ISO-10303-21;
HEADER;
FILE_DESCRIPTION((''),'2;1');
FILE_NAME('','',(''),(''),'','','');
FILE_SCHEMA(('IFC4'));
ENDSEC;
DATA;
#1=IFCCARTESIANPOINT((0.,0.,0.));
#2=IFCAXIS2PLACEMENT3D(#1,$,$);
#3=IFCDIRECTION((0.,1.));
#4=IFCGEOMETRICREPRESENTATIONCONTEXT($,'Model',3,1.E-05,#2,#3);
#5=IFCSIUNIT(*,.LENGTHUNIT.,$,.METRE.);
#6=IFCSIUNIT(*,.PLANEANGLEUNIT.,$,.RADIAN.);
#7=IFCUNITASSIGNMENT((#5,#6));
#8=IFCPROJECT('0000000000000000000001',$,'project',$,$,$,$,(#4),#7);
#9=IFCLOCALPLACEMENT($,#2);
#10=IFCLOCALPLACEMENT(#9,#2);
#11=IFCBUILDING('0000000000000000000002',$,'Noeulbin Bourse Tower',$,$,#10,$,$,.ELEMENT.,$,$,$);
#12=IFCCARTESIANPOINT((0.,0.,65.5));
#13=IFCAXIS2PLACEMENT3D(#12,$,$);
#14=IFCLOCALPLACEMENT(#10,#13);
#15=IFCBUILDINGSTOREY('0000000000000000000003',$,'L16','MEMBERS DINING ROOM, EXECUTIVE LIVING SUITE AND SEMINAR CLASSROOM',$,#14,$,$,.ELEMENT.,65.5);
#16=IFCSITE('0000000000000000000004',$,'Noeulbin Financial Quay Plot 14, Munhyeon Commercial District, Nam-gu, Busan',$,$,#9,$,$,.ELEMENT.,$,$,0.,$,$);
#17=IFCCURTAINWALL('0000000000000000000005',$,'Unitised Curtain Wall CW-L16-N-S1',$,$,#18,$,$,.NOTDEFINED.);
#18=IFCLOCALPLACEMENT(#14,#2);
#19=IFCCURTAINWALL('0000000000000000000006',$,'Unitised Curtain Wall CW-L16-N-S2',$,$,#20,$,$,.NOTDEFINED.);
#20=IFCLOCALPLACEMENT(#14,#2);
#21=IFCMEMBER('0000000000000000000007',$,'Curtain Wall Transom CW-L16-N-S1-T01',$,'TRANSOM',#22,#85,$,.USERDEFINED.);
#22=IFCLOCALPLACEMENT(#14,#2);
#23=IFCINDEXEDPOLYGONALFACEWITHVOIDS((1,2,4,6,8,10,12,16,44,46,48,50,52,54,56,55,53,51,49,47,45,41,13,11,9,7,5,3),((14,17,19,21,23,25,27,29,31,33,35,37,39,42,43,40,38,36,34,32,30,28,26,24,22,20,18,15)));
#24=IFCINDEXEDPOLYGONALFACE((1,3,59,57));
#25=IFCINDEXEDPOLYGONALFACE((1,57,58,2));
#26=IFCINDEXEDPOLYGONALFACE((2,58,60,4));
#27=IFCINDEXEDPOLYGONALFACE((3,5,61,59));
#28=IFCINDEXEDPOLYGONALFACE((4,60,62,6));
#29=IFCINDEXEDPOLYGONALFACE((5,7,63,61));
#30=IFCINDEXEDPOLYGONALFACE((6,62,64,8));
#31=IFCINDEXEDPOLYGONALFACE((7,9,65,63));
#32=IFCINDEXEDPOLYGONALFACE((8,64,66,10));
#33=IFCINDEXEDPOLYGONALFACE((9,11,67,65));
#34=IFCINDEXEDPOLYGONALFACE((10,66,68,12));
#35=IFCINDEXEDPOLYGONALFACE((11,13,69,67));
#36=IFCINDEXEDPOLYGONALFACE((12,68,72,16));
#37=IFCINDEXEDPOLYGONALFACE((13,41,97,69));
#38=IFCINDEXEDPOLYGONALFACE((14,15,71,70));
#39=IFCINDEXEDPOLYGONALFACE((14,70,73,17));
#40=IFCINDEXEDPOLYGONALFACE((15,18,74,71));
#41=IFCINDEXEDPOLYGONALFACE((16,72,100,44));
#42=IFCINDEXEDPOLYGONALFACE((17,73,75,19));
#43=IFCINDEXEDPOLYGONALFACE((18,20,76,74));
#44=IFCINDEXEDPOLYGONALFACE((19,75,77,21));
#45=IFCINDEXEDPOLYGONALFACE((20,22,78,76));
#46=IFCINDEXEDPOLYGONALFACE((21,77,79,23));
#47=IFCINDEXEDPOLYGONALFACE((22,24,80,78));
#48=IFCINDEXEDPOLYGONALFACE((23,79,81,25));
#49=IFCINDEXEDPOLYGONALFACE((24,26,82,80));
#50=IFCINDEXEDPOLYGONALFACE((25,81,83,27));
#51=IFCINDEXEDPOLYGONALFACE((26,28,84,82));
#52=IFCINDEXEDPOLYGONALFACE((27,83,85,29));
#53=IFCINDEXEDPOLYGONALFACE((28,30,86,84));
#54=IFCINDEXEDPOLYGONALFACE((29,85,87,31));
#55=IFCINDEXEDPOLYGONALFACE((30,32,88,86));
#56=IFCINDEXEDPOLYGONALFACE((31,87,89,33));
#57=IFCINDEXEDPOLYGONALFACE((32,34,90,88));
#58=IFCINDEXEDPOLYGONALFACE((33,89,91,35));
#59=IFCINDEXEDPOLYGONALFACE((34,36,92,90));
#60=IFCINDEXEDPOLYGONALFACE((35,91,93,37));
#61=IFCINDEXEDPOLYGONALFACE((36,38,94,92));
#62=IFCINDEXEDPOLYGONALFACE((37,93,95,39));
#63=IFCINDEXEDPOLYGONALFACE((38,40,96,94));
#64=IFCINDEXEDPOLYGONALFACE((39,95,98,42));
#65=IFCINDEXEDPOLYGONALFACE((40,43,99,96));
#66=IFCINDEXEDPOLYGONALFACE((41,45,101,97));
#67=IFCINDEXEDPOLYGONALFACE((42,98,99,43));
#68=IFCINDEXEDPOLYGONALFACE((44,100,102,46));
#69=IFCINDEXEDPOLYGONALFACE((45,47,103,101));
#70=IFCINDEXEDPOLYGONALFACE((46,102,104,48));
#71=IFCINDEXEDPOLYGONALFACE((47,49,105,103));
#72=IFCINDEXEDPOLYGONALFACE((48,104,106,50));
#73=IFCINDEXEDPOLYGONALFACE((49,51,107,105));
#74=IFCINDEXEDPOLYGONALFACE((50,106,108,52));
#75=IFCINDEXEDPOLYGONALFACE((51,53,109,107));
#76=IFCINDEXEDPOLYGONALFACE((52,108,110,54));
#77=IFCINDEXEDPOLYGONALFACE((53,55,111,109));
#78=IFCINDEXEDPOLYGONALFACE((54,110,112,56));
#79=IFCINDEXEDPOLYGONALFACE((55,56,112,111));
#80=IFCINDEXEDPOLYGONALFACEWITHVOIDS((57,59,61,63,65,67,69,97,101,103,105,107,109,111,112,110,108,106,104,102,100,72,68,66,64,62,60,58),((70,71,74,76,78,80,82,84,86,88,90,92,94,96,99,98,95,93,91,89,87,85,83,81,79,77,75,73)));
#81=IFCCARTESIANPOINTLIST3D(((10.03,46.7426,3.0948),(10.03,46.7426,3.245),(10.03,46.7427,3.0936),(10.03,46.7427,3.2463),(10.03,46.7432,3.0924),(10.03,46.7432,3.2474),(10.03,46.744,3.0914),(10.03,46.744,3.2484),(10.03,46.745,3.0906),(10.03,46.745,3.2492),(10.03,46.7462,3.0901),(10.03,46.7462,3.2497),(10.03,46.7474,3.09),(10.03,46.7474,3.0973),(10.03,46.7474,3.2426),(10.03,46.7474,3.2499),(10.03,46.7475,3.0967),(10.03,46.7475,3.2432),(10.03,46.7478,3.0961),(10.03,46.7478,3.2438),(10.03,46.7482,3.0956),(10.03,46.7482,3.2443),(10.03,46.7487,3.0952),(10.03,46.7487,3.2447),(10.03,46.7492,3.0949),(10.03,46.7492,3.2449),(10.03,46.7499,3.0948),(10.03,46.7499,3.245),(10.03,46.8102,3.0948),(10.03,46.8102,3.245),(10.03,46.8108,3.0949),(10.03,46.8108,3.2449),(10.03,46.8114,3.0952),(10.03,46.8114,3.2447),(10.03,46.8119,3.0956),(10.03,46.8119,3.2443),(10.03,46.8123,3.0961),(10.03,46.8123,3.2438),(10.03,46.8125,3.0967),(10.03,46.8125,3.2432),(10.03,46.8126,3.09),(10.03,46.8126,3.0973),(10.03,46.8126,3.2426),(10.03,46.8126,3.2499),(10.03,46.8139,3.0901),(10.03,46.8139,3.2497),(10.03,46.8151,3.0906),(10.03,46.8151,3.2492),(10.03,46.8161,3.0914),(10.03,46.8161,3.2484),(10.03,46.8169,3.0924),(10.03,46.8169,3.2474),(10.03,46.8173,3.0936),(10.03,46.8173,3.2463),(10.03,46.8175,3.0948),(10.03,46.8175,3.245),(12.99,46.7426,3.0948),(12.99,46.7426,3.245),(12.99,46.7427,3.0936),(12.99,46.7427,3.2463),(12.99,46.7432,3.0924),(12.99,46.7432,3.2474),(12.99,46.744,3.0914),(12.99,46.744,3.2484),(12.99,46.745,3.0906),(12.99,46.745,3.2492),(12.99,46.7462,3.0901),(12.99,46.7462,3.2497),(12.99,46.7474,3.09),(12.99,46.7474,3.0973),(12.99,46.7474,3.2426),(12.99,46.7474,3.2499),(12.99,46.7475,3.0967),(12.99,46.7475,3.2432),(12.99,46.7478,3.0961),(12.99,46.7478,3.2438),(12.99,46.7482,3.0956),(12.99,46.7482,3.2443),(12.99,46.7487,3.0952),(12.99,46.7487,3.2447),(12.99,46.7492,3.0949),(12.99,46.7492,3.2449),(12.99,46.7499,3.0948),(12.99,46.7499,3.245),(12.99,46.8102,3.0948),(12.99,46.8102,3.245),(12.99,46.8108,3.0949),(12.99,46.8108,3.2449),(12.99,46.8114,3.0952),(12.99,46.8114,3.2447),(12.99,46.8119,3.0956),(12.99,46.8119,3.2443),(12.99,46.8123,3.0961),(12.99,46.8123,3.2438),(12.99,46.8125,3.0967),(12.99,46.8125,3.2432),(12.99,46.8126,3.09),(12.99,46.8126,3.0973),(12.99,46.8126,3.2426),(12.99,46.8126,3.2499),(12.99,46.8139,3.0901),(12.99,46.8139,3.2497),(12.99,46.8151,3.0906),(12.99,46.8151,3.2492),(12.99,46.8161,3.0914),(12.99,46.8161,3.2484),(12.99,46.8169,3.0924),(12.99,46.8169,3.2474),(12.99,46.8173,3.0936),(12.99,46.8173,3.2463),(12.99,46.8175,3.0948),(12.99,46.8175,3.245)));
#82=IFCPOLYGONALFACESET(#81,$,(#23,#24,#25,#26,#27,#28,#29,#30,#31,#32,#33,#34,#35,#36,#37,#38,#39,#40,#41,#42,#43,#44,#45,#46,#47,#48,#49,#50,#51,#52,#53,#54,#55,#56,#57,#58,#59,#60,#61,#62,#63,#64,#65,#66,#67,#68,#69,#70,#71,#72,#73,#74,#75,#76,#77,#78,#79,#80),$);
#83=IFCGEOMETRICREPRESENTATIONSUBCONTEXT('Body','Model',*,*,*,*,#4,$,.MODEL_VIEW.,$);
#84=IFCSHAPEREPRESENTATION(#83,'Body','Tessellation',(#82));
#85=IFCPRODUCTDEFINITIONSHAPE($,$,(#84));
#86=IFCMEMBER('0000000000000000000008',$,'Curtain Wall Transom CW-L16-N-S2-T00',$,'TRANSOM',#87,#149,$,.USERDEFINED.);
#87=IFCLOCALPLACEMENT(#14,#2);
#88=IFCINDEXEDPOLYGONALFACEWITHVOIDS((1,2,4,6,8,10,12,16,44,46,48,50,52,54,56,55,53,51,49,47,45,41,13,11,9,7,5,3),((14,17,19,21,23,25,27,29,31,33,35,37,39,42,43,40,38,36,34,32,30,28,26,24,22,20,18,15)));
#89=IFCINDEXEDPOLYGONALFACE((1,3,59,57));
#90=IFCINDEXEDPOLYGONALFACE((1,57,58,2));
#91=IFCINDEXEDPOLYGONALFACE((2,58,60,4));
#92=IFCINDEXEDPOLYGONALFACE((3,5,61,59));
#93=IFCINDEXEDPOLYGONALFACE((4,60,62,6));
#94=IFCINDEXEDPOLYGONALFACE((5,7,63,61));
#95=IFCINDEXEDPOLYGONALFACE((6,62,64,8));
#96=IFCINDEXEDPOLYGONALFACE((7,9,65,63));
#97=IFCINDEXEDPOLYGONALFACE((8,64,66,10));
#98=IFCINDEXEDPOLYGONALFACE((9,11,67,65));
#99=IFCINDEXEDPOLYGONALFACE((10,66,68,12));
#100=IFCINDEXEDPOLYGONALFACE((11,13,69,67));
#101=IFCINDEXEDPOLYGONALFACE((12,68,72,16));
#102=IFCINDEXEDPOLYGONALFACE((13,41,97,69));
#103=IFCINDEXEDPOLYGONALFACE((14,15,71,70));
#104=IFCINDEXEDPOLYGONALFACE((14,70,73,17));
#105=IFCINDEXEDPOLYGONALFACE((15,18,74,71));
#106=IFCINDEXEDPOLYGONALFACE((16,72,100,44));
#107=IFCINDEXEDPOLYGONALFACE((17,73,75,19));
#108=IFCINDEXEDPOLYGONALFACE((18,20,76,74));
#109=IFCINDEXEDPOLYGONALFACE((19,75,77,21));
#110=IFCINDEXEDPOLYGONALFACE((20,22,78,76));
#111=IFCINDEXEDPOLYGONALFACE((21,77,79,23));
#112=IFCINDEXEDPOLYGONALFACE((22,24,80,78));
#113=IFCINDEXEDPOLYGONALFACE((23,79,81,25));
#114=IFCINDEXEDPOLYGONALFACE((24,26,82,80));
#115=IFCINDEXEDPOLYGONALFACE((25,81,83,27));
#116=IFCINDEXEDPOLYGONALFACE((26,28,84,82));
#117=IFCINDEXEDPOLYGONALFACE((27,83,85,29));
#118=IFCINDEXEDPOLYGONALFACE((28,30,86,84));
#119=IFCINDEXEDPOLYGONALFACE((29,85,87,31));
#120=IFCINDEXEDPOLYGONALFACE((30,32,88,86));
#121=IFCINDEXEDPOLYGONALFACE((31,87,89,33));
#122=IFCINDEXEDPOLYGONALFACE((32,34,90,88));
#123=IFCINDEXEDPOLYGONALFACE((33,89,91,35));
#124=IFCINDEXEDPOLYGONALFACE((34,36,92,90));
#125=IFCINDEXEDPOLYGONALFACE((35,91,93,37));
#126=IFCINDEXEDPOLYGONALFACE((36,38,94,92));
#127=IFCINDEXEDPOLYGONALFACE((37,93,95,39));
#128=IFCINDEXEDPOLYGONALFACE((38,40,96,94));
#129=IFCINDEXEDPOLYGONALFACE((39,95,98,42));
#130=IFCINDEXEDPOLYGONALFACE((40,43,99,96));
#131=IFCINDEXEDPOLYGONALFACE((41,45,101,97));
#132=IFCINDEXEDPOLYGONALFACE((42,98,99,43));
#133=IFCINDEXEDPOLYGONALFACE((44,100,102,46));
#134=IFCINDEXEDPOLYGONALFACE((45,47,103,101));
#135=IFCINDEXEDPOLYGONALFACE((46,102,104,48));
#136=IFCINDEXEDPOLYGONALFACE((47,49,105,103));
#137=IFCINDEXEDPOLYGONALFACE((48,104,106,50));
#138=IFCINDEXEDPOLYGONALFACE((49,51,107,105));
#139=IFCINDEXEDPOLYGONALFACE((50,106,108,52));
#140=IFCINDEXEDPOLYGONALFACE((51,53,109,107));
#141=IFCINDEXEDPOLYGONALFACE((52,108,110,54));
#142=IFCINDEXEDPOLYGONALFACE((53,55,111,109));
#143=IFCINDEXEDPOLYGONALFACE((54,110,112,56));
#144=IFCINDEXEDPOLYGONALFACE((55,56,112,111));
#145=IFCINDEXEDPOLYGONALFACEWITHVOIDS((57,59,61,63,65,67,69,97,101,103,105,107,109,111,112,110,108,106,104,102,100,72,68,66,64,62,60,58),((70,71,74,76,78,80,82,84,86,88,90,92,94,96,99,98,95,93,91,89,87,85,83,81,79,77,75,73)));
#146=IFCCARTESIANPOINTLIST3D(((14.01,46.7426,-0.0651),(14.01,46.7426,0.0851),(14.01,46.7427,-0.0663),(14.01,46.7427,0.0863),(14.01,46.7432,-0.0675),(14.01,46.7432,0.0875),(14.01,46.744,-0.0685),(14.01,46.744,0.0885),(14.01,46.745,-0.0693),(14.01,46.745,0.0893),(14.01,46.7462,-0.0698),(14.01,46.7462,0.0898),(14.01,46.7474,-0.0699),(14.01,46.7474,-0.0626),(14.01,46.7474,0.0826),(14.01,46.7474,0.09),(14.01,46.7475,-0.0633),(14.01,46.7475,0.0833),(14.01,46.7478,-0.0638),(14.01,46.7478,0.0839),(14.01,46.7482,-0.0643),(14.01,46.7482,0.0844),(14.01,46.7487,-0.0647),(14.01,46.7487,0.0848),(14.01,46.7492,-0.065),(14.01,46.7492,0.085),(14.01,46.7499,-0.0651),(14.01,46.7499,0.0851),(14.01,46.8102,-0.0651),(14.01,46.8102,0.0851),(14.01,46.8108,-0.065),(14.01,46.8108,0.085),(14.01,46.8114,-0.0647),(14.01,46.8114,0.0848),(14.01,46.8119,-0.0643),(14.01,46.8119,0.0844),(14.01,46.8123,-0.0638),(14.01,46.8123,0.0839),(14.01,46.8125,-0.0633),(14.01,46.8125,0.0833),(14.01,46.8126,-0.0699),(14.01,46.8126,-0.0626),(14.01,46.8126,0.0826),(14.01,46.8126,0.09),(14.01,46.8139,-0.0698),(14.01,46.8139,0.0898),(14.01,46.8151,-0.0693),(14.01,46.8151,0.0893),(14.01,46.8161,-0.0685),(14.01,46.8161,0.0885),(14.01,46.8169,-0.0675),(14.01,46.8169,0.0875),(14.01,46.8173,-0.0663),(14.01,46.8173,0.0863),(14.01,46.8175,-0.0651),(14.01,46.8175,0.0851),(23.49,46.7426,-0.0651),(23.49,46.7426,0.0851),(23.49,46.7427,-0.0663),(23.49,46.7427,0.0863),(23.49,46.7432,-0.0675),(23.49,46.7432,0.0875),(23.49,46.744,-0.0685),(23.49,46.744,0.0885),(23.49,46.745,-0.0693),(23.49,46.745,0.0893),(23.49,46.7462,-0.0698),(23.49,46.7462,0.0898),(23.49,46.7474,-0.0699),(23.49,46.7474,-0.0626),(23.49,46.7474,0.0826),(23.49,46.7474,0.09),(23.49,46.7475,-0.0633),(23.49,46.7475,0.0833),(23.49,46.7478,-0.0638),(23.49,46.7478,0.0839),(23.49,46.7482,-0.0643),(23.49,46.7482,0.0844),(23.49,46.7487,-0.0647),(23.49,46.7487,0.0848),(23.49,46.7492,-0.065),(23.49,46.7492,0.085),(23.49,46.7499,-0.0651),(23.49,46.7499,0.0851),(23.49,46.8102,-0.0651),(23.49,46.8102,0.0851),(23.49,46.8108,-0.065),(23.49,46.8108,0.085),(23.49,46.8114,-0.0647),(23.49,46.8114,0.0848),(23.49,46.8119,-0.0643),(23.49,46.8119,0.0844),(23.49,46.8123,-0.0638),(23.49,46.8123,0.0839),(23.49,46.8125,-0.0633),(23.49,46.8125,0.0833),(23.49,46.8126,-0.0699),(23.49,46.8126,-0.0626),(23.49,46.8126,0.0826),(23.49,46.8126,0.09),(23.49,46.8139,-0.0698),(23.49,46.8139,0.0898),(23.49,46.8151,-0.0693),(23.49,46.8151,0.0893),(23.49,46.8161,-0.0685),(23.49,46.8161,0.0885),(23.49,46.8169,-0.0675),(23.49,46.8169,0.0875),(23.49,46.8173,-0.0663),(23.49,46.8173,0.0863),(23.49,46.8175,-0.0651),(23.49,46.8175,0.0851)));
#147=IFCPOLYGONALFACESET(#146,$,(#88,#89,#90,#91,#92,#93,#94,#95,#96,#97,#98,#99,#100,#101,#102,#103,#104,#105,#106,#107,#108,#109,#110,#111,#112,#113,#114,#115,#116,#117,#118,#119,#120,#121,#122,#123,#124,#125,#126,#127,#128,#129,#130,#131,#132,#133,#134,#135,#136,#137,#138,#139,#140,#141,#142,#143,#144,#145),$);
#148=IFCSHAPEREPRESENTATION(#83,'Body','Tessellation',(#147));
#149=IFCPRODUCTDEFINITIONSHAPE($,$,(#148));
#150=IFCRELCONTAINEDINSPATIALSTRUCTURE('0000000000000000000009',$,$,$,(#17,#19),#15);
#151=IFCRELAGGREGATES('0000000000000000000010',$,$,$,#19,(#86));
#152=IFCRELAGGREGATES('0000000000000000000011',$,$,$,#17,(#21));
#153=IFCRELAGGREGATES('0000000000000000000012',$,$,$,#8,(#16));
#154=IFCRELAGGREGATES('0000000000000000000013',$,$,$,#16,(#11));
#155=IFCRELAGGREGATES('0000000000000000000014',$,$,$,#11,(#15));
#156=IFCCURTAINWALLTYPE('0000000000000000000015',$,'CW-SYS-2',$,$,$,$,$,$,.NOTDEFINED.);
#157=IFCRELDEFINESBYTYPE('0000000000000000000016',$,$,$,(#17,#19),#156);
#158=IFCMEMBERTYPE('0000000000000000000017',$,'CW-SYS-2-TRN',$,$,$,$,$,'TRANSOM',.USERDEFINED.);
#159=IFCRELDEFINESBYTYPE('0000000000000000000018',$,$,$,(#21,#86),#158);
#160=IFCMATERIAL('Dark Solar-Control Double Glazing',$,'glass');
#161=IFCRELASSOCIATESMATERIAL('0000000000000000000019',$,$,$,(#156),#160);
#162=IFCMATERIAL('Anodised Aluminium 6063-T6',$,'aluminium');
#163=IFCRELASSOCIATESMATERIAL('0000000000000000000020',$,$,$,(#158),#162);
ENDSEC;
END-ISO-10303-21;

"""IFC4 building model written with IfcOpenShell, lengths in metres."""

from ifc_helpers import new_model, si_unit, direction, frame, origin, origin_2d, place, context, subcontext, project, spatial, hollow_rectangle, extrude, material, material_profile, profile_set, type_object, element, aggregate, save


model = new_model("IFC4")

# Units and contexts
model_context = context("Model", 3, precision=1e-05, world=origin(), true_north=direction((0.0, 1.0)))
body_context = subcontext(model_context, "Body", "Model", "MODEL_VIEW")
ifc_project = project(units=[si_unit("LENGTHUNIT", "METRE"), si_unit("PLANEANGLEUNIT", "RADIAN")], contexts=[model_context])

# Site, building, storey
site_placement = place(None, origin())
site = spatial("IfcSite", under=ifc_project, at=site_placement, Name="Noeulbin Financial Quay Plot 14, Munhyeon Commercial District, Nam-gu, Busan", CompositionType="ELEMENT", RefElevation=0.0)
building_placement = place(site_placement, origin())
building = spatial("IfcBuilding", under=site, at=building_placement, Name="Noeulbin Bourse Tower", CompositionType="ELEMENT")
storey_placement = place(building_placement, frame((0.0, 0.0, 65.5)))
storey = spatial("IfcBuildingStorey", under=building, at=storey_placement, Name="L16", Description="MEMBERS DINING ROOM, EXECUTIVE LIVING SUITE AND SEMINAR CLASSROOM", CompositionType="ELEMENT", Elevation=65.5)

# Curtain wall
ifc_material_1 = material(Name="Dark Solar-Control Double Glazing", Category="glass")
curtain_wall_type = type_object("IfcCurtainWallType", Name="CW-SYS-2", PredefinedType="NOTDEFINED", material=ifc_material_1)
curtain_wall_1_placement = place(storey_placement, origin())
curtain_wall_1 = element("IfcCurtainWall", 1, at=curtain_wall_1_placement, inside=storey, type_object=curtain_wall_type, Name="Unitised Curtain Wall CW-L16-N-S1", PredefinedType="NOTDEFINED")
ifc_material_2 = material(Name="Anodised Aluminium 6063-T6", Category="aluminium")

# Curtain wall
curtain_wall_2_placement = place(storey_placement, origin())
curtain_wall_2 = element("IfcCurtainWall", 2, at=curtain_wall_2_placement, inside=storey, type_object=curtain_wall_type, Name="Unitised Curtain Wall CW-L16-N-S2", PredefinedType="NOTDEFINED")

# Members
ifc_material_profile_1 = material_profile(ifc_material_2, hollow_rectangle(XDim=0.075, YDim=0.1599, WallThickness=0.0049, InnerFilletRadius=0.0024, OuterFilletRadius=0.0049, at=origin_2d()), Name="ALU-TRAN-75x160x5", Category="LoadBearing")
ifc_profile_set_1 = profile_set([ifc_material_profile_1], Name="Anodised Aluminium 6063-T6")
member_type_1 = type_object("IfcMemberType", Name="CW-SYS-2-TRN", ElementType="TRANSOM", PredefinedType="USERDEFINED", material=ifc_profile_set_1)
member_1_placement = place(storey_placement, frame((10.03, 46.78, 3.1699), z_axis=(1.0, 0.0, 0.0), x_axis=(0.0, 1.0, 0.0)))
member_1 = element("IfcMember", 3, at=member_1_placement, type_object=member_type_1, Name="Curtain Wall Transom CW-L16-N-S1-T01", ObjectType="TRANSOM", PredefinedType="USERDEFINED", context=body_context, shape_type="SweptSolid", body=[
    extrude(hollow_rectangle(XDim=0.075, YDim=0.1599, WallThickness=0.0049, InnerFilletRadius=0.0024, OuterFilletRadius=0.0049, at=origin_2d()), origin(), (0.0, 0.0, 1.0), 2.96),
])
member_2_placement = place(storey_placement, frame((14.01, 46.78, 0.01), z_axis=(1.0, 0.0, 0.0), x_axis=(0.0, 1.0, 0.0)))
member_2 = element("IfcMember", 4, at=member_2_placement, type_object=member_type_1, Name="Curtain Wall Transom CW-L16-N-S2-T00", ObjectType="TRANSOM", PredefinedType="USERDEFINED", context=body_context, shape_type="SweptSolid", body=[
    extrude(hollow_rectangle(XDim=0.075, YDim=0.1599, WallThickness=0.0049, InnerFilletRadius=0.0024, OuterFilletRadius=0.0049, at=origin_2d()), origin(), (0.0, 0.0, 1.0), 9.48),
])
aggregate(curtain_wall_2, [member_2])

aggregate(curtain_wall_1, [member_1])

save(model, "model.ifc")
